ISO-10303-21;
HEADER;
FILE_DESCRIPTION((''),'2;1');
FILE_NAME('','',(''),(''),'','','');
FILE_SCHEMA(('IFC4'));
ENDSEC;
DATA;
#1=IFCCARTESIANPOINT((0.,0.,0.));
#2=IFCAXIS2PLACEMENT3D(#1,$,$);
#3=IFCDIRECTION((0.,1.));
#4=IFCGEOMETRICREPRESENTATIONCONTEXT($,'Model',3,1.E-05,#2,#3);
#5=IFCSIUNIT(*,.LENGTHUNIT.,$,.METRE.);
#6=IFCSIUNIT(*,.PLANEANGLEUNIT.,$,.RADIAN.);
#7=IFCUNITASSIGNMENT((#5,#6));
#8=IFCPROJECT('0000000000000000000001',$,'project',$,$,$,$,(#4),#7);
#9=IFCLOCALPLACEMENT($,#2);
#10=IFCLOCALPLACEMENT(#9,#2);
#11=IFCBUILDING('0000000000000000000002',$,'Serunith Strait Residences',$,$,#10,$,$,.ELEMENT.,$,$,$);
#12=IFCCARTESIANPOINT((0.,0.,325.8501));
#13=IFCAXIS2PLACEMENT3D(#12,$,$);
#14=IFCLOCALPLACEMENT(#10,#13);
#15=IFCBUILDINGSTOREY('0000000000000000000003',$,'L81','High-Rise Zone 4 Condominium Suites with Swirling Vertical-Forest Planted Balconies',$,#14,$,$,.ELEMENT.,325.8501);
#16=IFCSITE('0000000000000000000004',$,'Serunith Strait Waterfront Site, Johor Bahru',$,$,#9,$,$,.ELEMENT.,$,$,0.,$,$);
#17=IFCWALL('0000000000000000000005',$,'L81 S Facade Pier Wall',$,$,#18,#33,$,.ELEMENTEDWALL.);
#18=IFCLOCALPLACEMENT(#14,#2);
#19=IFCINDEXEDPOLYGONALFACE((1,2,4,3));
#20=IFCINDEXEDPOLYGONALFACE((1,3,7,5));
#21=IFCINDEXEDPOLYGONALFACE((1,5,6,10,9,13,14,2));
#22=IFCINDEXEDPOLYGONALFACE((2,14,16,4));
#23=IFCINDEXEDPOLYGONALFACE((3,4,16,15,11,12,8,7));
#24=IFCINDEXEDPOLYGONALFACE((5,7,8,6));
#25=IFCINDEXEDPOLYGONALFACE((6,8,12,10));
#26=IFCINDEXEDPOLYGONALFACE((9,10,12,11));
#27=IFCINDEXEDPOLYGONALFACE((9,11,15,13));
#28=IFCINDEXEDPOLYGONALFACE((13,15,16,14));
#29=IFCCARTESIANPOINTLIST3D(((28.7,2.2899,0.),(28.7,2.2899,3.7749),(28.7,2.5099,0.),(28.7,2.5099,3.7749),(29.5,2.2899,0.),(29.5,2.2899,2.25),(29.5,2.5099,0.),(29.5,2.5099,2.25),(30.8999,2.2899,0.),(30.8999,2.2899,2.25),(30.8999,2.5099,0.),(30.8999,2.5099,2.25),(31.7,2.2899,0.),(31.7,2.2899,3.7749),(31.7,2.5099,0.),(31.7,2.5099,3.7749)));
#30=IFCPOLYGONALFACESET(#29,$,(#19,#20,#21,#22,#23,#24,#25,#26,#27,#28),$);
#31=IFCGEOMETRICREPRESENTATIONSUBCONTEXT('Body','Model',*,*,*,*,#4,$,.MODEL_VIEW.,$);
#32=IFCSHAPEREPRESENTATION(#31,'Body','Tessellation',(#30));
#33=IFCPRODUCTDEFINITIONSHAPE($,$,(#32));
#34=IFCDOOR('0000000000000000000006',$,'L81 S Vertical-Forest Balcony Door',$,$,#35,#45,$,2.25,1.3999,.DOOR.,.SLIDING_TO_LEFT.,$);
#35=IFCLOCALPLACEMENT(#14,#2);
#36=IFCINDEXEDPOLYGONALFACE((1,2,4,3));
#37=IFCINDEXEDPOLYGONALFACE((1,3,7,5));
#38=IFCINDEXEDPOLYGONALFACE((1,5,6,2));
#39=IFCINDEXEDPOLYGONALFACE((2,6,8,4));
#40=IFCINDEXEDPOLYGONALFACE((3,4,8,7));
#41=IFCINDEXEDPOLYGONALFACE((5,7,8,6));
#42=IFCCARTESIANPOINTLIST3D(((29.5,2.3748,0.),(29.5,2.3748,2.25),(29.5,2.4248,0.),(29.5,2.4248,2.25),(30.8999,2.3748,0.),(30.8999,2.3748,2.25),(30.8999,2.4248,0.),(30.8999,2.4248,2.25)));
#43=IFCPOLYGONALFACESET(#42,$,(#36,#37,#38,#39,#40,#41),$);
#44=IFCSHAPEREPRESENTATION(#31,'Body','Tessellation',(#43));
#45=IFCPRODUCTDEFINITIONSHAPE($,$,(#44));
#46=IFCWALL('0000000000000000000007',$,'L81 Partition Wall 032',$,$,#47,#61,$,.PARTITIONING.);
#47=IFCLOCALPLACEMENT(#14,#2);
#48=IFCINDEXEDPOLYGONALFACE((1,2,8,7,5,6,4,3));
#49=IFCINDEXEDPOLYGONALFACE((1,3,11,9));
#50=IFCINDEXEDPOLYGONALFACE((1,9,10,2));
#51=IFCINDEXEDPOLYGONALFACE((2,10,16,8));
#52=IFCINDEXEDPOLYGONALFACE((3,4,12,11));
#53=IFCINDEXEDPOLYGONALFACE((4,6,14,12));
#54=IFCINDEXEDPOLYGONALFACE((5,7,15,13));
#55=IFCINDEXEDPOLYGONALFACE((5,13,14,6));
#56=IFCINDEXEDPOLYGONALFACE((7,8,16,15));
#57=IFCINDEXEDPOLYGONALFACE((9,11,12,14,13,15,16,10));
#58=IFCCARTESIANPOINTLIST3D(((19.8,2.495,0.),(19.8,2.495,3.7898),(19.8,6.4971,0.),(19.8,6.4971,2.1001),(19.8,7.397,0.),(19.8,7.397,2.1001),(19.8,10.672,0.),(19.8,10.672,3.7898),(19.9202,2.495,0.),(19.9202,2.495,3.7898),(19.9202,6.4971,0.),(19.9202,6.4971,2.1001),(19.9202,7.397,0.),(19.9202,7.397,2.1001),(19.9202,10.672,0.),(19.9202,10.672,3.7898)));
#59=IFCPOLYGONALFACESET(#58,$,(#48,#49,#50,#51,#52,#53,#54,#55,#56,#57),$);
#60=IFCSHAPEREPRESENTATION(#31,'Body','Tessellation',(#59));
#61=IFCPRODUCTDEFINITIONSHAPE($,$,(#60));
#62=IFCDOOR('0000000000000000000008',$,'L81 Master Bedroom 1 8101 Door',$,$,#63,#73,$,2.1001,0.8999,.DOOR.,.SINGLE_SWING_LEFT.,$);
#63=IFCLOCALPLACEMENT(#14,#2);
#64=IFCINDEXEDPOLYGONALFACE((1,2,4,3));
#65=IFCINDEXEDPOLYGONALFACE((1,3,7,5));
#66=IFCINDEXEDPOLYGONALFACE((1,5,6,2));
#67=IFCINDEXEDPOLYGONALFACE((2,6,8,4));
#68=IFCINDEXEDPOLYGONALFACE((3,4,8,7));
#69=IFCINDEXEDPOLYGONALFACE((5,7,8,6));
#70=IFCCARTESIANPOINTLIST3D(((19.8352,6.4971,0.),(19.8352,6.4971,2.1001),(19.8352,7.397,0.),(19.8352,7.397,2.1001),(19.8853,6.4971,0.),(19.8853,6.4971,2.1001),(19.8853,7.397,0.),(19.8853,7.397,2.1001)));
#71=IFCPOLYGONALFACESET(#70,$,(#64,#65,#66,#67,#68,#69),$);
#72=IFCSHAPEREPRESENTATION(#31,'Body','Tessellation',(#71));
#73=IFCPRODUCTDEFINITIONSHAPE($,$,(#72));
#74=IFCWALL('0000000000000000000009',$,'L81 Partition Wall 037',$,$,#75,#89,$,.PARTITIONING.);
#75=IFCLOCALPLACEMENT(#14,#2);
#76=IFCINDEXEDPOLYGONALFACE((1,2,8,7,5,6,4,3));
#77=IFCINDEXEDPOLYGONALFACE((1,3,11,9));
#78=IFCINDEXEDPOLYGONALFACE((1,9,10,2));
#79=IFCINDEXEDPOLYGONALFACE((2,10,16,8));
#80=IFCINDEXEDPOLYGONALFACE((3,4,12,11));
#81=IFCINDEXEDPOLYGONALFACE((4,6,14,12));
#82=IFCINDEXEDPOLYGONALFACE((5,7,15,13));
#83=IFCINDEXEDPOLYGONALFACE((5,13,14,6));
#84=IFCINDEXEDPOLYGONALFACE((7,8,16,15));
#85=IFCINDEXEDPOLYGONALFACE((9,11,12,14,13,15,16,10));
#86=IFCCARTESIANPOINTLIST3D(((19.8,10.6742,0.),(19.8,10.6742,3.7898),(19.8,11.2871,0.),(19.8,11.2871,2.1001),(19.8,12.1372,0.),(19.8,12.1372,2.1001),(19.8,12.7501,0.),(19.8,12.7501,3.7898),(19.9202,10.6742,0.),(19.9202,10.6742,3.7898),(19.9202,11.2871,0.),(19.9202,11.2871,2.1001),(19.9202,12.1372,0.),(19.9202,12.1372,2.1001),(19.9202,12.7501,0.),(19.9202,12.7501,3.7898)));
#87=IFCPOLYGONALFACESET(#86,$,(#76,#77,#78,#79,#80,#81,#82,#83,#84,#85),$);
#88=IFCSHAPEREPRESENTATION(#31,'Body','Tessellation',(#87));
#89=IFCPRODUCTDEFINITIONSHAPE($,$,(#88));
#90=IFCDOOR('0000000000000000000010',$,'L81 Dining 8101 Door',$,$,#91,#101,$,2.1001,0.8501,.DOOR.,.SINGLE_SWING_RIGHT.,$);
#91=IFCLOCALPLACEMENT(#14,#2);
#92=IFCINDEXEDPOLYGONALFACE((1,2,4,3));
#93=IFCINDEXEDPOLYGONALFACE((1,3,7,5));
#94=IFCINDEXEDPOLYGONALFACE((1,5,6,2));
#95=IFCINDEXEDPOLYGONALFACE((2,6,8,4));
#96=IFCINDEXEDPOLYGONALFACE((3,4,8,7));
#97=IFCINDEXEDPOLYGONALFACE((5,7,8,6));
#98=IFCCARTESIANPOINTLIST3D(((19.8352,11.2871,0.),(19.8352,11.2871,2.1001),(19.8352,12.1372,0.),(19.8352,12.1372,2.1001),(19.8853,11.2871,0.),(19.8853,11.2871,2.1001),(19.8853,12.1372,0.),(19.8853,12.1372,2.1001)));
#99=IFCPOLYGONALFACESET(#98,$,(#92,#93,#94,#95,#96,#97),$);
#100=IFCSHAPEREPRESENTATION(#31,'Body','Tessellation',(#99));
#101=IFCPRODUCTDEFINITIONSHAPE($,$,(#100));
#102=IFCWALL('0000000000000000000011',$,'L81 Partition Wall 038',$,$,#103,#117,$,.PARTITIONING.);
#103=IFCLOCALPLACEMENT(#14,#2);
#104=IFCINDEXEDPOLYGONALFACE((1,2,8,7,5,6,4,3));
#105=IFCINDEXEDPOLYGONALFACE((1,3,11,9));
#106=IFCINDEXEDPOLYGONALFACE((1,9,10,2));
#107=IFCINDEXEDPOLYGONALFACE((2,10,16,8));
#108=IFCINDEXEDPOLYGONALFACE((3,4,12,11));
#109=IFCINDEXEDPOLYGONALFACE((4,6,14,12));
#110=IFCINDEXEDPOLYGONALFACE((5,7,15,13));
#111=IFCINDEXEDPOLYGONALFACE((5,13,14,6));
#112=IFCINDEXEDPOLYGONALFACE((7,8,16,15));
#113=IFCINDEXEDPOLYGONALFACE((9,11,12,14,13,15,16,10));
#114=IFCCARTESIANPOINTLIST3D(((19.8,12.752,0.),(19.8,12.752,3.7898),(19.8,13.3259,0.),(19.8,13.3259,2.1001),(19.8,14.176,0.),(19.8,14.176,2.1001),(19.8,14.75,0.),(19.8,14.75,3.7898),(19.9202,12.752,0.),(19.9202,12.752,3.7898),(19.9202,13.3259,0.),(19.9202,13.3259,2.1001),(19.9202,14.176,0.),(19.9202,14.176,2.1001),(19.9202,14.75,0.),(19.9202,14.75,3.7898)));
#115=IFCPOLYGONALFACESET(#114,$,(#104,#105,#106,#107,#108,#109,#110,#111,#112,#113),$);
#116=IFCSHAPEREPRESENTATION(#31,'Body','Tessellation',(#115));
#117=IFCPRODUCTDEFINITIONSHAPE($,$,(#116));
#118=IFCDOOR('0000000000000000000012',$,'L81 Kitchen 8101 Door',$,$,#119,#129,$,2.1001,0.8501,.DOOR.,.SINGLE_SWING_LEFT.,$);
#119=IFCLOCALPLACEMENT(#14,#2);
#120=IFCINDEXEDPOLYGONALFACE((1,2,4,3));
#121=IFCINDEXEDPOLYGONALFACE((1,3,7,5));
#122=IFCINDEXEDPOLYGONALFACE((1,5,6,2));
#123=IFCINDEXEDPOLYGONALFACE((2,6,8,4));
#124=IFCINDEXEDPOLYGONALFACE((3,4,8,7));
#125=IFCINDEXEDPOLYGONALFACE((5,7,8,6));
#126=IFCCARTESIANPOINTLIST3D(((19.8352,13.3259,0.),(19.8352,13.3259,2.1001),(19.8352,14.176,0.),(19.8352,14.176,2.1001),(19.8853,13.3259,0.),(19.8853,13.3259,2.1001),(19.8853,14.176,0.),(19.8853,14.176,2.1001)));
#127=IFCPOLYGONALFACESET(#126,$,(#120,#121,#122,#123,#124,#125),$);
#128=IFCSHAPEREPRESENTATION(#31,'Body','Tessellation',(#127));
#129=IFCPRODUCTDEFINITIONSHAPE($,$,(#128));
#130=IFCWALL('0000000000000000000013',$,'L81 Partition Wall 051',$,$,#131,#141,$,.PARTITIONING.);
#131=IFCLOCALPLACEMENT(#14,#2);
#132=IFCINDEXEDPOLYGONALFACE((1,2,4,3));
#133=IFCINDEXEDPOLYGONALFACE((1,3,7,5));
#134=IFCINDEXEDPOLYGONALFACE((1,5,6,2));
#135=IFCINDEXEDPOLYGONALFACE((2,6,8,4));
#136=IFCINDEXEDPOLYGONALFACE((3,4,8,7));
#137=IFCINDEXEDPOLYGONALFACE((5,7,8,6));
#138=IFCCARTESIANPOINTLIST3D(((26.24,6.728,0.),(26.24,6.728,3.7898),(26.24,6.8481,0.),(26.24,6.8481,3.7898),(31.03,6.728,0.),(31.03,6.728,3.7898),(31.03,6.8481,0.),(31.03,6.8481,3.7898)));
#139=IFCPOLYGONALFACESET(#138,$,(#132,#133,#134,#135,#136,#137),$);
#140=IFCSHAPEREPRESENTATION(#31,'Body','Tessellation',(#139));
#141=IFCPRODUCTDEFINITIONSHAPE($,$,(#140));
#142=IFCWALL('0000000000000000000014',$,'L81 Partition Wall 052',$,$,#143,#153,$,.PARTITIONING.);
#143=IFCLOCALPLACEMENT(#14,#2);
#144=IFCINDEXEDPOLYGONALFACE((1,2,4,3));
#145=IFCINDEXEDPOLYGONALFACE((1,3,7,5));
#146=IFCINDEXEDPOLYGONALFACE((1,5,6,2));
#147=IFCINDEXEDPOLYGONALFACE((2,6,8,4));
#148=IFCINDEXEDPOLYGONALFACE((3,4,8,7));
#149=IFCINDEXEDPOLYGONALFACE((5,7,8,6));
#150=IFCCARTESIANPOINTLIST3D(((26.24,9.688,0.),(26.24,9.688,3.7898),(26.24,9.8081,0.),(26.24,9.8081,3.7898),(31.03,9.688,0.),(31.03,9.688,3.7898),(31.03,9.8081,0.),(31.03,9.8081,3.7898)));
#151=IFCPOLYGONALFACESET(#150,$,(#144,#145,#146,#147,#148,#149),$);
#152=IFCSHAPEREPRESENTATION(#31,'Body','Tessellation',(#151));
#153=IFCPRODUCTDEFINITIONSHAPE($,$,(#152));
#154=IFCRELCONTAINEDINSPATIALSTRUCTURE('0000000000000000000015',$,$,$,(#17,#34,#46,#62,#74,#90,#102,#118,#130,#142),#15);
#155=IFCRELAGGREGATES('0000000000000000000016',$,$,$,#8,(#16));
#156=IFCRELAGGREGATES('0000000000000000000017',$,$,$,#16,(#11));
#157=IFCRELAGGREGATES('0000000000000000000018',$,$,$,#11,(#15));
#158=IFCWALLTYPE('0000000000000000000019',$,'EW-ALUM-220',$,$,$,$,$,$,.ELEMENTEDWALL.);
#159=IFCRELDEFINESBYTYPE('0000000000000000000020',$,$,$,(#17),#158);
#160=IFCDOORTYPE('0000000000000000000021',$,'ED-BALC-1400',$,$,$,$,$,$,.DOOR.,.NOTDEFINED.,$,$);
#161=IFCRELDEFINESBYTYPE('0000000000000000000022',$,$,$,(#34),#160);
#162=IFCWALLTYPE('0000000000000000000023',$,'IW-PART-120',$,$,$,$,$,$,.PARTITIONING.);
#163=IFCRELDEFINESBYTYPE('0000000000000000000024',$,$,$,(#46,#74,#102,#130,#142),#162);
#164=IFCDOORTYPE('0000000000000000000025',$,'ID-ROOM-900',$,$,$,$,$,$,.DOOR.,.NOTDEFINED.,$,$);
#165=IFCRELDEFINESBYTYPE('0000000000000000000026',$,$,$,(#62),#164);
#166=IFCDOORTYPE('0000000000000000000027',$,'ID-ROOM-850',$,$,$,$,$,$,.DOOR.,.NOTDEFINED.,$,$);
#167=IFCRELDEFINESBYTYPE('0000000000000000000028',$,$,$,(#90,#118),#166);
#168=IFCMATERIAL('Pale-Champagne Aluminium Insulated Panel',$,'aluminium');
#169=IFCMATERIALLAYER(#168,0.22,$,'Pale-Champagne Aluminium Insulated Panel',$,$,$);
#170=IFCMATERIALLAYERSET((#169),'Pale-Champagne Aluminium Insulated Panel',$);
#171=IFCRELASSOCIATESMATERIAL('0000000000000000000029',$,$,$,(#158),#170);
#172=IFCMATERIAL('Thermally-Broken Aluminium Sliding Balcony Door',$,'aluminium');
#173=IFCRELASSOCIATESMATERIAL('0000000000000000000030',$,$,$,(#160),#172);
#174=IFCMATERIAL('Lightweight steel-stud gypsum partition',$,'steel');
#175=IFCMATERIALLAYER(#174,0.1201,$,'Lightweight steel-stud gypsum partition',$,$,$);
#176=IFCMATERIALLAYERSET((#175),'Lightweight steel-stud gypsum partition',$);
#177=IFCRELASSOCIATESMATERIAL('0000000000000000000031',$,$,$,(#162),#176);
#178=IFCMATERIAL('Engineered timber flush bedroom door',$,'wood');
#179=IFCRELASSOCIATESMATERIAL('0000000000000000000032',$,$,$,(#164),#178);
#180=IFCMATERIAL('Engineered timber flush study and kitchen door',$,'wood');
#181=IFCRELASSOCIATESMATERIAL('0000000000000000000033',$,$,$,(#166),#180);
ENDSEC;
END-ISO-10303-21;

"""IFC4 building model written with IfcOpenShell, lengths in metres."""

from ifc_helpers import new_model, si_unit, direction, frame, frame_2d, origin, place, context, subcontext, project, spatial, rectangle, extrude, source, transform, mapped, material, layer, layer_set, type_object, element, fill, save


model = new_model("IFC4")

# Units and contexts
model_context = context("Model", 3, precision=1e-05, world=origin(), true_north=direction((0.0, 1.0)))
body_context = subcontext(model_context, "Body", "Model", "MODEL_VIEW")
ifc_project = project(units=[si_unit("LENGTHUNIT", "METRE"), si_unit("PLANEANGLEUNIT", "RADIAN")], contexts=[model_context])

# Site, building, storey
site_placement = place(None, origin())
site = spatial("IfcSite", under=ifc_project, at=site_placement, Name="Serunith Strait Waterfront Site, Johor Bahru", CompositionType="ELEMENT", RefElevation=0.0)
building_placement = place(site_placement, origin())
building = spatial("IfcBuilding", under=site, at=building_placement, Name="Serunith Strait Residences", CompositionType="ELEMENT")
storey_placement = place(building_placement, frame((0.0, 0.0, 325.8501)))
storey = spatial("IfcBuildingStorey", under=building, at=storey_placement, Name="L81", Description="High-Rise Zone 4 Condominium Suites with Swirling Vertical-Forest Planted Balconies", CompositionType="ELEMENT", Elevation=325.8501)

# Walls, openings, doors
ifc_material_1 = material(Name="Pale-Champagne Aluminium Insulated Panel", Category="aluminium")
ifc_layer_1 = layer(ifc_material_1, 0.22, Name="Pale-Champagne Aluminium Insulated Panel")
ifc_layer_set_1 = layer_set([ifc_layer_1], Name="Pale-Champagne Aluminium Insulated Panel")
wall_type_1 = type_object("IfcWallType", Name="EW-ALUM-220", PredefinedType="ELEMENTEDWALL", material=ifc_layer_set_1)
wall_1_placement = place(storey_placement, frame((28.7, 2.3999, 0.0), z_axis=(0.0, 0.0, 1.0), x_axis=(1.0, 0.0, 0.0)))
wall_1 = element("IfcWall", 1, at=wall_1_placement, inside=storey, type_object=wall_type_1, Name="L81 S Facade Pier Wall", PredefinedType="ELEMENTEDWALL", context=body_context, shape_type="SweptSolid", body=[
    extrude(rectangle(XDim=3.0, YDim=0.22, at=frame_2d((1.5, 0.0))), origin(), (0.0, 0.0, 1.0), 3.7749),
])
opening_1_placement = place(wall_1_placement, frame((0.8, 0.0, 0.0)))
opening_1 = element("IfcOpeningElement", 2, at=opening_1_placement, cuts=wall_1, PredefinedType="OPENING", context=body_context, shape_type="SweptSolid", body=[
    extrude(rectangle(XDim=1.3999, YDim=2.25, at=frame_2d((0.7, 1.125))), frame((0.0, 0.1201, 0.0), z_axis=(0.0, -1.0, 0.0), x_axis=(1.0, 0.0, 0.0)), (0.0, 0.0, 1.0), 0.24),
])
ifc_material_2 = material(Name="Thermally-Broken Aluminium Sliding Balcony Door", Category="aluminium")
door_type_1 = type_object("IfcDoorType", Name="ED-BALC-1400", OperationType="NOTDEFINED", PredefinedType="DOOR", material=ifc_material_2)
shared_shape_1 = source(origin(), body_context, "Body", "SweptSolid", [
    extrude(rectangle(XDim=1.3999, YDim=2.25, at=frame_2d((0.7, 1.125))), frame((0.0, 0.0249, 0.0), z_axis=(0.0, -1.0, 0.0), x_axis=(1.0, 0.0, 0.0)), (0.0, 0.0, 1.0), 0.05),
])
door_1_placement = place(opening_1_placement, origin())
door_1 = element("IfcDoor", 3, at=door_1_placement, inside=storey, type_object=door_type_1, Name="L81 S Vertical-Forest Balcony Door", OperationType="SLIDING_TO_LEFT", OverallHeight=2.25, OverallWidth=1.3999, PredefinedType="DOOR", context=body_context, shape_type="MappedRepresentation", body=[
    mapped(shared_shape_1, transform((0.0, 0.0, 0.0), scale=1.0)),
])
fill(opening_1, door_1)
ifc_material_3 = material(Name="Lightweight steel-stud gypsum partition", Category="steel")
ifc_layer_2 = layer(ifc_material_3, 0.1201, Name="Lightweight steel-stud gypsum partition")
ifc_layer_set_2 = layer_set([ifc_layer_2], Name="Lightweight steel-stud gypsum partition")
wall_type_2 = type_object("IfcWallType", Name="IW-PART-120", PredefinedType="PARTITIONING", material=ifc_layer_set_2)
wall_2_placement = place(storey_placement, frame((19.8601, 2.4951, 0.0), z_axis=(0.0, 0.0, 1.0), x_axis=(0.0, 1.0, 0.0)))
wall_2 = element("IfcWall", 4, at=wall_2_placement, inside=storey, type_object=wall_type_2, Name="L81 Partition Wall 032", PredefinedType="PARTITIONING", context=body_context, shape_type="SweptSolid", body=[
    extrude(rectangle(XDim=8.177, YDim=0.1201, at=frame_2d((4.0884, 0.0))), origin(), (0.0, 0.0, 1.0), 3.7898),
])
opening_2_placement = place(wall_2_placement, frame((4.002, 0.0, 0.0)))
opening_2 = element("IfcOpeningElement", 5, at=opening_2_placement, cuts=wall_2, PredefinedType="OPENING", context=body_context, shape_type="SweptSolid", body=[
    extrude(rectangle(XDim=0.8999, YDim=2.1001, at=frame_2d((0.45, 1.05))), frame((0.0, 0.0701, 0.0), z_axis=(0.0, -1.0, 0.0), x_axis=(1.0, 0.0, 0.0)), (0.0, 0.0, 1.0), 0.1401),
])
ifc_material_4 = material(Name="Engineered timber flush bedroom door", Category="wood")
door_type_2 = type_object("IfcDoorType", Name="ID-ROOM-900", OperationType="NOTDEFINED", PredefinedType="DOOR", material=ifc_material_4)
shared_shape_2 = source(origin(), body_context, "Body", "SweptSolid", [
    extrude(rectangle(XDim=0.8999, YDim=2.1001, at=frame_2d((0.45, 1.05))), frame((0.0, 0.0249, 0.0), z_axis=(0.0, -1.0, 0.0), x_axis=(1.0, 0.0, 0.0)), (0.0, 0.0, 1.0), 0.05),
])
door_2_placement = place(opening_2_placement, origin())
door_2 = element("IfcDoor", 6, at=door_2_placement, inside=storey, type_object=door_type_2, Name="L81 Master Bedroom 1 8101 Door", OperationType="SINGLE_SWING_LEFT", OverallHeight=2.1001, OverallWidth=0.8999, PredefinedType="DOOR", context=body_context, shape_type="MappedRepresentation", body=[
    mapped(shared_shape_2, transform((0.0, 0.0, 0.0), scale=1.0)),
])
fill(opening_2, door_2)
wall_3_placement = place(storey_placement, frame((19.8601, 10.6741, 0.0), z_axis=(0.0, 0.0, 1.0), x_axis=(0.0, 1.0, 0.0)))
wall_3 = element("IfcWall", 7, at=wall_3_placement, inside=storey, type_object=wall_type_2, Name="L81 Partition Wall 037", PredefinedType="PARTITIONING", context=body_context, shape_type="SweptSolid", body=[
    extrude(rectangle(XDim=2.0759, YDim=0.1201, at=frame_2d((1.0381, 0.0))), origin(), (0.0, 0.0, 1.0), 3.7898),
])
opening_3_placement = place(wall_3_placement, frame((0.613, 0.0, 0.0)))
opening_3 = element("IfcOpeningElement", 8, at=opening_3_placement, cuts=wall_3, PredefinedType="OPENING", context=body_context, shape_type="SweptSolid", body=[
    extrude(rectangle(XDim=0.8501, YDim=2.1001, at=frame_2d((0.425, 1.05))), frame((0.0, 0.0701, 0.0), z_axis=(0.0, -1.0, 0.0), x_axis=(1.0, 0.0, 0.0)), (0.0, 0.0, 1.0), 0.1401),
])
ifc_material_5 = material(Name="Engineered timber flush study and kitchen door", Category="wood")
door_type_3 = type_object("IfcDoorType", Name="ID-ROOM-850", OperationType="NOTDEFINED", PredefinedType="DOOR", material=ifc_material_5)
shared_shape_3 = source(origin(), body_context, "Body", "SweptSolid", [
    extrude(rectangle(XDim=0.8501, YDim=2.1001, at=frame_2d((0.425, 1.05))), frame((0.0, 0.0249, 0.0), z_axis=(0.0, -1.0, 0.0), x_axis=(1.0, 0.0, 0.0)), (0.0, 0.0, 1.0), 0.05),
])
door_3_placement = place(opening_3_placement, origin())
door_3 = element("IfcDoor", 9, at=door_3_placement, inside=storey, type_object=door_type_3, Name="L81 Dining 8101 Door", OperationType="SINGLE_SWING_RIGHT", OverallHeight=2.1001, OverallWidth=0.8501, PredefinedType="DOOR", context=body_context, shape_type="MappedRepresentation", body=[
    mapped(shared_shape_3, transform((0.0, 0.0, 0.0), scale=1.0)),
])
fill(opening_3, door_3)
wall_4_placement = place(storey_placement, frame((19.8601, 12.752, 0.0), z_axis=(0.0, 0.0, 1.0), x_axis=(0.0, 1.0, 0.0)))
wall_4 = element("IfcWall", 10, at=wall_4_placement, inside=storey, type_object=wall_type_2, Name="L81 Partition Wall 038", PredefinedType="PARTITIONING", context=body_context, shape_type="SweptSolid", body=[
    extrude(rectangle(XDim=1.998, YDim=0.1201, at=frame_2d((0.999, 0.0))), origin(), (0.0, 0.0, 1.0), 3.7898),
])
opening_4_placement = place(wall_4_placement, frame((0.574, 0.0, 0.0)))
opening_4 = element("IfcOpeningElement", 11, at=opening_4_placement, cuts=wall_4, PredefinedType="OPENING", context=body_context, shape_type="SweptSolid", body=[
    extrude(rectangle(XDim=0.8501, YDim=2.1001, at=frame_2d((0.425, 1.05))), frame((0.0, 0.0701, 0.0), z_axis=(0.0, -1.0, 0.0), x_axis=(1.0, 0.0, 0.0)), (0.0, 0.0, 1.0), 0.1401),
])
door_4_placement = place(opening_4_placement, origin())
door_4 = element("IfcDoor", 12, at=door_4_placement, inside=storey, type_object=door_type_3, Name="L81 Kitchen 8101 Door", OperationType="SINGLE_SWING_LEFT", OverallHeight=2.1001, OverallWidth=0.8501, PredefinedType="DOOR", context=body_context, shape_type="MappedRepresentation", body=[
    mapped(shared_shape_3, transform((0.0, 0.0, 0.0), scale=1.0)),
])
fill(opening_4, door_4)

# Walls
for number, where, z_axis, x_axis, name in (
    (13, (26.24, 6.7881, 0.0), (0.0, 0.0, 1.0), (1.0, 0.0, 0.0), "L81 Partition Wall 051"),
    (14, (26.24, 9.748, 0.0), (0.0, 0.0, 1.0), (1.0, 0.0, 0.0), "L81 Partition Wall 052"),
):
    element("IfcWall", number, at=place(storey_placement, frame(where, z_axis=z_axis, x_axis=x_axis)), inside=storey, type_object=wall_type_2, Name=name, PredefinedType="PARTITIONING", context=body_context, shape_type="SweptSolid", body=[
        extrude(rectangle(XDim=4.79, YDim=0.1201, at=frame_2d((2.395, 0.0))), origin(), (0.0, 0.0, 1.0), 3.7898),
    ])

save(model, "model.ifc")
